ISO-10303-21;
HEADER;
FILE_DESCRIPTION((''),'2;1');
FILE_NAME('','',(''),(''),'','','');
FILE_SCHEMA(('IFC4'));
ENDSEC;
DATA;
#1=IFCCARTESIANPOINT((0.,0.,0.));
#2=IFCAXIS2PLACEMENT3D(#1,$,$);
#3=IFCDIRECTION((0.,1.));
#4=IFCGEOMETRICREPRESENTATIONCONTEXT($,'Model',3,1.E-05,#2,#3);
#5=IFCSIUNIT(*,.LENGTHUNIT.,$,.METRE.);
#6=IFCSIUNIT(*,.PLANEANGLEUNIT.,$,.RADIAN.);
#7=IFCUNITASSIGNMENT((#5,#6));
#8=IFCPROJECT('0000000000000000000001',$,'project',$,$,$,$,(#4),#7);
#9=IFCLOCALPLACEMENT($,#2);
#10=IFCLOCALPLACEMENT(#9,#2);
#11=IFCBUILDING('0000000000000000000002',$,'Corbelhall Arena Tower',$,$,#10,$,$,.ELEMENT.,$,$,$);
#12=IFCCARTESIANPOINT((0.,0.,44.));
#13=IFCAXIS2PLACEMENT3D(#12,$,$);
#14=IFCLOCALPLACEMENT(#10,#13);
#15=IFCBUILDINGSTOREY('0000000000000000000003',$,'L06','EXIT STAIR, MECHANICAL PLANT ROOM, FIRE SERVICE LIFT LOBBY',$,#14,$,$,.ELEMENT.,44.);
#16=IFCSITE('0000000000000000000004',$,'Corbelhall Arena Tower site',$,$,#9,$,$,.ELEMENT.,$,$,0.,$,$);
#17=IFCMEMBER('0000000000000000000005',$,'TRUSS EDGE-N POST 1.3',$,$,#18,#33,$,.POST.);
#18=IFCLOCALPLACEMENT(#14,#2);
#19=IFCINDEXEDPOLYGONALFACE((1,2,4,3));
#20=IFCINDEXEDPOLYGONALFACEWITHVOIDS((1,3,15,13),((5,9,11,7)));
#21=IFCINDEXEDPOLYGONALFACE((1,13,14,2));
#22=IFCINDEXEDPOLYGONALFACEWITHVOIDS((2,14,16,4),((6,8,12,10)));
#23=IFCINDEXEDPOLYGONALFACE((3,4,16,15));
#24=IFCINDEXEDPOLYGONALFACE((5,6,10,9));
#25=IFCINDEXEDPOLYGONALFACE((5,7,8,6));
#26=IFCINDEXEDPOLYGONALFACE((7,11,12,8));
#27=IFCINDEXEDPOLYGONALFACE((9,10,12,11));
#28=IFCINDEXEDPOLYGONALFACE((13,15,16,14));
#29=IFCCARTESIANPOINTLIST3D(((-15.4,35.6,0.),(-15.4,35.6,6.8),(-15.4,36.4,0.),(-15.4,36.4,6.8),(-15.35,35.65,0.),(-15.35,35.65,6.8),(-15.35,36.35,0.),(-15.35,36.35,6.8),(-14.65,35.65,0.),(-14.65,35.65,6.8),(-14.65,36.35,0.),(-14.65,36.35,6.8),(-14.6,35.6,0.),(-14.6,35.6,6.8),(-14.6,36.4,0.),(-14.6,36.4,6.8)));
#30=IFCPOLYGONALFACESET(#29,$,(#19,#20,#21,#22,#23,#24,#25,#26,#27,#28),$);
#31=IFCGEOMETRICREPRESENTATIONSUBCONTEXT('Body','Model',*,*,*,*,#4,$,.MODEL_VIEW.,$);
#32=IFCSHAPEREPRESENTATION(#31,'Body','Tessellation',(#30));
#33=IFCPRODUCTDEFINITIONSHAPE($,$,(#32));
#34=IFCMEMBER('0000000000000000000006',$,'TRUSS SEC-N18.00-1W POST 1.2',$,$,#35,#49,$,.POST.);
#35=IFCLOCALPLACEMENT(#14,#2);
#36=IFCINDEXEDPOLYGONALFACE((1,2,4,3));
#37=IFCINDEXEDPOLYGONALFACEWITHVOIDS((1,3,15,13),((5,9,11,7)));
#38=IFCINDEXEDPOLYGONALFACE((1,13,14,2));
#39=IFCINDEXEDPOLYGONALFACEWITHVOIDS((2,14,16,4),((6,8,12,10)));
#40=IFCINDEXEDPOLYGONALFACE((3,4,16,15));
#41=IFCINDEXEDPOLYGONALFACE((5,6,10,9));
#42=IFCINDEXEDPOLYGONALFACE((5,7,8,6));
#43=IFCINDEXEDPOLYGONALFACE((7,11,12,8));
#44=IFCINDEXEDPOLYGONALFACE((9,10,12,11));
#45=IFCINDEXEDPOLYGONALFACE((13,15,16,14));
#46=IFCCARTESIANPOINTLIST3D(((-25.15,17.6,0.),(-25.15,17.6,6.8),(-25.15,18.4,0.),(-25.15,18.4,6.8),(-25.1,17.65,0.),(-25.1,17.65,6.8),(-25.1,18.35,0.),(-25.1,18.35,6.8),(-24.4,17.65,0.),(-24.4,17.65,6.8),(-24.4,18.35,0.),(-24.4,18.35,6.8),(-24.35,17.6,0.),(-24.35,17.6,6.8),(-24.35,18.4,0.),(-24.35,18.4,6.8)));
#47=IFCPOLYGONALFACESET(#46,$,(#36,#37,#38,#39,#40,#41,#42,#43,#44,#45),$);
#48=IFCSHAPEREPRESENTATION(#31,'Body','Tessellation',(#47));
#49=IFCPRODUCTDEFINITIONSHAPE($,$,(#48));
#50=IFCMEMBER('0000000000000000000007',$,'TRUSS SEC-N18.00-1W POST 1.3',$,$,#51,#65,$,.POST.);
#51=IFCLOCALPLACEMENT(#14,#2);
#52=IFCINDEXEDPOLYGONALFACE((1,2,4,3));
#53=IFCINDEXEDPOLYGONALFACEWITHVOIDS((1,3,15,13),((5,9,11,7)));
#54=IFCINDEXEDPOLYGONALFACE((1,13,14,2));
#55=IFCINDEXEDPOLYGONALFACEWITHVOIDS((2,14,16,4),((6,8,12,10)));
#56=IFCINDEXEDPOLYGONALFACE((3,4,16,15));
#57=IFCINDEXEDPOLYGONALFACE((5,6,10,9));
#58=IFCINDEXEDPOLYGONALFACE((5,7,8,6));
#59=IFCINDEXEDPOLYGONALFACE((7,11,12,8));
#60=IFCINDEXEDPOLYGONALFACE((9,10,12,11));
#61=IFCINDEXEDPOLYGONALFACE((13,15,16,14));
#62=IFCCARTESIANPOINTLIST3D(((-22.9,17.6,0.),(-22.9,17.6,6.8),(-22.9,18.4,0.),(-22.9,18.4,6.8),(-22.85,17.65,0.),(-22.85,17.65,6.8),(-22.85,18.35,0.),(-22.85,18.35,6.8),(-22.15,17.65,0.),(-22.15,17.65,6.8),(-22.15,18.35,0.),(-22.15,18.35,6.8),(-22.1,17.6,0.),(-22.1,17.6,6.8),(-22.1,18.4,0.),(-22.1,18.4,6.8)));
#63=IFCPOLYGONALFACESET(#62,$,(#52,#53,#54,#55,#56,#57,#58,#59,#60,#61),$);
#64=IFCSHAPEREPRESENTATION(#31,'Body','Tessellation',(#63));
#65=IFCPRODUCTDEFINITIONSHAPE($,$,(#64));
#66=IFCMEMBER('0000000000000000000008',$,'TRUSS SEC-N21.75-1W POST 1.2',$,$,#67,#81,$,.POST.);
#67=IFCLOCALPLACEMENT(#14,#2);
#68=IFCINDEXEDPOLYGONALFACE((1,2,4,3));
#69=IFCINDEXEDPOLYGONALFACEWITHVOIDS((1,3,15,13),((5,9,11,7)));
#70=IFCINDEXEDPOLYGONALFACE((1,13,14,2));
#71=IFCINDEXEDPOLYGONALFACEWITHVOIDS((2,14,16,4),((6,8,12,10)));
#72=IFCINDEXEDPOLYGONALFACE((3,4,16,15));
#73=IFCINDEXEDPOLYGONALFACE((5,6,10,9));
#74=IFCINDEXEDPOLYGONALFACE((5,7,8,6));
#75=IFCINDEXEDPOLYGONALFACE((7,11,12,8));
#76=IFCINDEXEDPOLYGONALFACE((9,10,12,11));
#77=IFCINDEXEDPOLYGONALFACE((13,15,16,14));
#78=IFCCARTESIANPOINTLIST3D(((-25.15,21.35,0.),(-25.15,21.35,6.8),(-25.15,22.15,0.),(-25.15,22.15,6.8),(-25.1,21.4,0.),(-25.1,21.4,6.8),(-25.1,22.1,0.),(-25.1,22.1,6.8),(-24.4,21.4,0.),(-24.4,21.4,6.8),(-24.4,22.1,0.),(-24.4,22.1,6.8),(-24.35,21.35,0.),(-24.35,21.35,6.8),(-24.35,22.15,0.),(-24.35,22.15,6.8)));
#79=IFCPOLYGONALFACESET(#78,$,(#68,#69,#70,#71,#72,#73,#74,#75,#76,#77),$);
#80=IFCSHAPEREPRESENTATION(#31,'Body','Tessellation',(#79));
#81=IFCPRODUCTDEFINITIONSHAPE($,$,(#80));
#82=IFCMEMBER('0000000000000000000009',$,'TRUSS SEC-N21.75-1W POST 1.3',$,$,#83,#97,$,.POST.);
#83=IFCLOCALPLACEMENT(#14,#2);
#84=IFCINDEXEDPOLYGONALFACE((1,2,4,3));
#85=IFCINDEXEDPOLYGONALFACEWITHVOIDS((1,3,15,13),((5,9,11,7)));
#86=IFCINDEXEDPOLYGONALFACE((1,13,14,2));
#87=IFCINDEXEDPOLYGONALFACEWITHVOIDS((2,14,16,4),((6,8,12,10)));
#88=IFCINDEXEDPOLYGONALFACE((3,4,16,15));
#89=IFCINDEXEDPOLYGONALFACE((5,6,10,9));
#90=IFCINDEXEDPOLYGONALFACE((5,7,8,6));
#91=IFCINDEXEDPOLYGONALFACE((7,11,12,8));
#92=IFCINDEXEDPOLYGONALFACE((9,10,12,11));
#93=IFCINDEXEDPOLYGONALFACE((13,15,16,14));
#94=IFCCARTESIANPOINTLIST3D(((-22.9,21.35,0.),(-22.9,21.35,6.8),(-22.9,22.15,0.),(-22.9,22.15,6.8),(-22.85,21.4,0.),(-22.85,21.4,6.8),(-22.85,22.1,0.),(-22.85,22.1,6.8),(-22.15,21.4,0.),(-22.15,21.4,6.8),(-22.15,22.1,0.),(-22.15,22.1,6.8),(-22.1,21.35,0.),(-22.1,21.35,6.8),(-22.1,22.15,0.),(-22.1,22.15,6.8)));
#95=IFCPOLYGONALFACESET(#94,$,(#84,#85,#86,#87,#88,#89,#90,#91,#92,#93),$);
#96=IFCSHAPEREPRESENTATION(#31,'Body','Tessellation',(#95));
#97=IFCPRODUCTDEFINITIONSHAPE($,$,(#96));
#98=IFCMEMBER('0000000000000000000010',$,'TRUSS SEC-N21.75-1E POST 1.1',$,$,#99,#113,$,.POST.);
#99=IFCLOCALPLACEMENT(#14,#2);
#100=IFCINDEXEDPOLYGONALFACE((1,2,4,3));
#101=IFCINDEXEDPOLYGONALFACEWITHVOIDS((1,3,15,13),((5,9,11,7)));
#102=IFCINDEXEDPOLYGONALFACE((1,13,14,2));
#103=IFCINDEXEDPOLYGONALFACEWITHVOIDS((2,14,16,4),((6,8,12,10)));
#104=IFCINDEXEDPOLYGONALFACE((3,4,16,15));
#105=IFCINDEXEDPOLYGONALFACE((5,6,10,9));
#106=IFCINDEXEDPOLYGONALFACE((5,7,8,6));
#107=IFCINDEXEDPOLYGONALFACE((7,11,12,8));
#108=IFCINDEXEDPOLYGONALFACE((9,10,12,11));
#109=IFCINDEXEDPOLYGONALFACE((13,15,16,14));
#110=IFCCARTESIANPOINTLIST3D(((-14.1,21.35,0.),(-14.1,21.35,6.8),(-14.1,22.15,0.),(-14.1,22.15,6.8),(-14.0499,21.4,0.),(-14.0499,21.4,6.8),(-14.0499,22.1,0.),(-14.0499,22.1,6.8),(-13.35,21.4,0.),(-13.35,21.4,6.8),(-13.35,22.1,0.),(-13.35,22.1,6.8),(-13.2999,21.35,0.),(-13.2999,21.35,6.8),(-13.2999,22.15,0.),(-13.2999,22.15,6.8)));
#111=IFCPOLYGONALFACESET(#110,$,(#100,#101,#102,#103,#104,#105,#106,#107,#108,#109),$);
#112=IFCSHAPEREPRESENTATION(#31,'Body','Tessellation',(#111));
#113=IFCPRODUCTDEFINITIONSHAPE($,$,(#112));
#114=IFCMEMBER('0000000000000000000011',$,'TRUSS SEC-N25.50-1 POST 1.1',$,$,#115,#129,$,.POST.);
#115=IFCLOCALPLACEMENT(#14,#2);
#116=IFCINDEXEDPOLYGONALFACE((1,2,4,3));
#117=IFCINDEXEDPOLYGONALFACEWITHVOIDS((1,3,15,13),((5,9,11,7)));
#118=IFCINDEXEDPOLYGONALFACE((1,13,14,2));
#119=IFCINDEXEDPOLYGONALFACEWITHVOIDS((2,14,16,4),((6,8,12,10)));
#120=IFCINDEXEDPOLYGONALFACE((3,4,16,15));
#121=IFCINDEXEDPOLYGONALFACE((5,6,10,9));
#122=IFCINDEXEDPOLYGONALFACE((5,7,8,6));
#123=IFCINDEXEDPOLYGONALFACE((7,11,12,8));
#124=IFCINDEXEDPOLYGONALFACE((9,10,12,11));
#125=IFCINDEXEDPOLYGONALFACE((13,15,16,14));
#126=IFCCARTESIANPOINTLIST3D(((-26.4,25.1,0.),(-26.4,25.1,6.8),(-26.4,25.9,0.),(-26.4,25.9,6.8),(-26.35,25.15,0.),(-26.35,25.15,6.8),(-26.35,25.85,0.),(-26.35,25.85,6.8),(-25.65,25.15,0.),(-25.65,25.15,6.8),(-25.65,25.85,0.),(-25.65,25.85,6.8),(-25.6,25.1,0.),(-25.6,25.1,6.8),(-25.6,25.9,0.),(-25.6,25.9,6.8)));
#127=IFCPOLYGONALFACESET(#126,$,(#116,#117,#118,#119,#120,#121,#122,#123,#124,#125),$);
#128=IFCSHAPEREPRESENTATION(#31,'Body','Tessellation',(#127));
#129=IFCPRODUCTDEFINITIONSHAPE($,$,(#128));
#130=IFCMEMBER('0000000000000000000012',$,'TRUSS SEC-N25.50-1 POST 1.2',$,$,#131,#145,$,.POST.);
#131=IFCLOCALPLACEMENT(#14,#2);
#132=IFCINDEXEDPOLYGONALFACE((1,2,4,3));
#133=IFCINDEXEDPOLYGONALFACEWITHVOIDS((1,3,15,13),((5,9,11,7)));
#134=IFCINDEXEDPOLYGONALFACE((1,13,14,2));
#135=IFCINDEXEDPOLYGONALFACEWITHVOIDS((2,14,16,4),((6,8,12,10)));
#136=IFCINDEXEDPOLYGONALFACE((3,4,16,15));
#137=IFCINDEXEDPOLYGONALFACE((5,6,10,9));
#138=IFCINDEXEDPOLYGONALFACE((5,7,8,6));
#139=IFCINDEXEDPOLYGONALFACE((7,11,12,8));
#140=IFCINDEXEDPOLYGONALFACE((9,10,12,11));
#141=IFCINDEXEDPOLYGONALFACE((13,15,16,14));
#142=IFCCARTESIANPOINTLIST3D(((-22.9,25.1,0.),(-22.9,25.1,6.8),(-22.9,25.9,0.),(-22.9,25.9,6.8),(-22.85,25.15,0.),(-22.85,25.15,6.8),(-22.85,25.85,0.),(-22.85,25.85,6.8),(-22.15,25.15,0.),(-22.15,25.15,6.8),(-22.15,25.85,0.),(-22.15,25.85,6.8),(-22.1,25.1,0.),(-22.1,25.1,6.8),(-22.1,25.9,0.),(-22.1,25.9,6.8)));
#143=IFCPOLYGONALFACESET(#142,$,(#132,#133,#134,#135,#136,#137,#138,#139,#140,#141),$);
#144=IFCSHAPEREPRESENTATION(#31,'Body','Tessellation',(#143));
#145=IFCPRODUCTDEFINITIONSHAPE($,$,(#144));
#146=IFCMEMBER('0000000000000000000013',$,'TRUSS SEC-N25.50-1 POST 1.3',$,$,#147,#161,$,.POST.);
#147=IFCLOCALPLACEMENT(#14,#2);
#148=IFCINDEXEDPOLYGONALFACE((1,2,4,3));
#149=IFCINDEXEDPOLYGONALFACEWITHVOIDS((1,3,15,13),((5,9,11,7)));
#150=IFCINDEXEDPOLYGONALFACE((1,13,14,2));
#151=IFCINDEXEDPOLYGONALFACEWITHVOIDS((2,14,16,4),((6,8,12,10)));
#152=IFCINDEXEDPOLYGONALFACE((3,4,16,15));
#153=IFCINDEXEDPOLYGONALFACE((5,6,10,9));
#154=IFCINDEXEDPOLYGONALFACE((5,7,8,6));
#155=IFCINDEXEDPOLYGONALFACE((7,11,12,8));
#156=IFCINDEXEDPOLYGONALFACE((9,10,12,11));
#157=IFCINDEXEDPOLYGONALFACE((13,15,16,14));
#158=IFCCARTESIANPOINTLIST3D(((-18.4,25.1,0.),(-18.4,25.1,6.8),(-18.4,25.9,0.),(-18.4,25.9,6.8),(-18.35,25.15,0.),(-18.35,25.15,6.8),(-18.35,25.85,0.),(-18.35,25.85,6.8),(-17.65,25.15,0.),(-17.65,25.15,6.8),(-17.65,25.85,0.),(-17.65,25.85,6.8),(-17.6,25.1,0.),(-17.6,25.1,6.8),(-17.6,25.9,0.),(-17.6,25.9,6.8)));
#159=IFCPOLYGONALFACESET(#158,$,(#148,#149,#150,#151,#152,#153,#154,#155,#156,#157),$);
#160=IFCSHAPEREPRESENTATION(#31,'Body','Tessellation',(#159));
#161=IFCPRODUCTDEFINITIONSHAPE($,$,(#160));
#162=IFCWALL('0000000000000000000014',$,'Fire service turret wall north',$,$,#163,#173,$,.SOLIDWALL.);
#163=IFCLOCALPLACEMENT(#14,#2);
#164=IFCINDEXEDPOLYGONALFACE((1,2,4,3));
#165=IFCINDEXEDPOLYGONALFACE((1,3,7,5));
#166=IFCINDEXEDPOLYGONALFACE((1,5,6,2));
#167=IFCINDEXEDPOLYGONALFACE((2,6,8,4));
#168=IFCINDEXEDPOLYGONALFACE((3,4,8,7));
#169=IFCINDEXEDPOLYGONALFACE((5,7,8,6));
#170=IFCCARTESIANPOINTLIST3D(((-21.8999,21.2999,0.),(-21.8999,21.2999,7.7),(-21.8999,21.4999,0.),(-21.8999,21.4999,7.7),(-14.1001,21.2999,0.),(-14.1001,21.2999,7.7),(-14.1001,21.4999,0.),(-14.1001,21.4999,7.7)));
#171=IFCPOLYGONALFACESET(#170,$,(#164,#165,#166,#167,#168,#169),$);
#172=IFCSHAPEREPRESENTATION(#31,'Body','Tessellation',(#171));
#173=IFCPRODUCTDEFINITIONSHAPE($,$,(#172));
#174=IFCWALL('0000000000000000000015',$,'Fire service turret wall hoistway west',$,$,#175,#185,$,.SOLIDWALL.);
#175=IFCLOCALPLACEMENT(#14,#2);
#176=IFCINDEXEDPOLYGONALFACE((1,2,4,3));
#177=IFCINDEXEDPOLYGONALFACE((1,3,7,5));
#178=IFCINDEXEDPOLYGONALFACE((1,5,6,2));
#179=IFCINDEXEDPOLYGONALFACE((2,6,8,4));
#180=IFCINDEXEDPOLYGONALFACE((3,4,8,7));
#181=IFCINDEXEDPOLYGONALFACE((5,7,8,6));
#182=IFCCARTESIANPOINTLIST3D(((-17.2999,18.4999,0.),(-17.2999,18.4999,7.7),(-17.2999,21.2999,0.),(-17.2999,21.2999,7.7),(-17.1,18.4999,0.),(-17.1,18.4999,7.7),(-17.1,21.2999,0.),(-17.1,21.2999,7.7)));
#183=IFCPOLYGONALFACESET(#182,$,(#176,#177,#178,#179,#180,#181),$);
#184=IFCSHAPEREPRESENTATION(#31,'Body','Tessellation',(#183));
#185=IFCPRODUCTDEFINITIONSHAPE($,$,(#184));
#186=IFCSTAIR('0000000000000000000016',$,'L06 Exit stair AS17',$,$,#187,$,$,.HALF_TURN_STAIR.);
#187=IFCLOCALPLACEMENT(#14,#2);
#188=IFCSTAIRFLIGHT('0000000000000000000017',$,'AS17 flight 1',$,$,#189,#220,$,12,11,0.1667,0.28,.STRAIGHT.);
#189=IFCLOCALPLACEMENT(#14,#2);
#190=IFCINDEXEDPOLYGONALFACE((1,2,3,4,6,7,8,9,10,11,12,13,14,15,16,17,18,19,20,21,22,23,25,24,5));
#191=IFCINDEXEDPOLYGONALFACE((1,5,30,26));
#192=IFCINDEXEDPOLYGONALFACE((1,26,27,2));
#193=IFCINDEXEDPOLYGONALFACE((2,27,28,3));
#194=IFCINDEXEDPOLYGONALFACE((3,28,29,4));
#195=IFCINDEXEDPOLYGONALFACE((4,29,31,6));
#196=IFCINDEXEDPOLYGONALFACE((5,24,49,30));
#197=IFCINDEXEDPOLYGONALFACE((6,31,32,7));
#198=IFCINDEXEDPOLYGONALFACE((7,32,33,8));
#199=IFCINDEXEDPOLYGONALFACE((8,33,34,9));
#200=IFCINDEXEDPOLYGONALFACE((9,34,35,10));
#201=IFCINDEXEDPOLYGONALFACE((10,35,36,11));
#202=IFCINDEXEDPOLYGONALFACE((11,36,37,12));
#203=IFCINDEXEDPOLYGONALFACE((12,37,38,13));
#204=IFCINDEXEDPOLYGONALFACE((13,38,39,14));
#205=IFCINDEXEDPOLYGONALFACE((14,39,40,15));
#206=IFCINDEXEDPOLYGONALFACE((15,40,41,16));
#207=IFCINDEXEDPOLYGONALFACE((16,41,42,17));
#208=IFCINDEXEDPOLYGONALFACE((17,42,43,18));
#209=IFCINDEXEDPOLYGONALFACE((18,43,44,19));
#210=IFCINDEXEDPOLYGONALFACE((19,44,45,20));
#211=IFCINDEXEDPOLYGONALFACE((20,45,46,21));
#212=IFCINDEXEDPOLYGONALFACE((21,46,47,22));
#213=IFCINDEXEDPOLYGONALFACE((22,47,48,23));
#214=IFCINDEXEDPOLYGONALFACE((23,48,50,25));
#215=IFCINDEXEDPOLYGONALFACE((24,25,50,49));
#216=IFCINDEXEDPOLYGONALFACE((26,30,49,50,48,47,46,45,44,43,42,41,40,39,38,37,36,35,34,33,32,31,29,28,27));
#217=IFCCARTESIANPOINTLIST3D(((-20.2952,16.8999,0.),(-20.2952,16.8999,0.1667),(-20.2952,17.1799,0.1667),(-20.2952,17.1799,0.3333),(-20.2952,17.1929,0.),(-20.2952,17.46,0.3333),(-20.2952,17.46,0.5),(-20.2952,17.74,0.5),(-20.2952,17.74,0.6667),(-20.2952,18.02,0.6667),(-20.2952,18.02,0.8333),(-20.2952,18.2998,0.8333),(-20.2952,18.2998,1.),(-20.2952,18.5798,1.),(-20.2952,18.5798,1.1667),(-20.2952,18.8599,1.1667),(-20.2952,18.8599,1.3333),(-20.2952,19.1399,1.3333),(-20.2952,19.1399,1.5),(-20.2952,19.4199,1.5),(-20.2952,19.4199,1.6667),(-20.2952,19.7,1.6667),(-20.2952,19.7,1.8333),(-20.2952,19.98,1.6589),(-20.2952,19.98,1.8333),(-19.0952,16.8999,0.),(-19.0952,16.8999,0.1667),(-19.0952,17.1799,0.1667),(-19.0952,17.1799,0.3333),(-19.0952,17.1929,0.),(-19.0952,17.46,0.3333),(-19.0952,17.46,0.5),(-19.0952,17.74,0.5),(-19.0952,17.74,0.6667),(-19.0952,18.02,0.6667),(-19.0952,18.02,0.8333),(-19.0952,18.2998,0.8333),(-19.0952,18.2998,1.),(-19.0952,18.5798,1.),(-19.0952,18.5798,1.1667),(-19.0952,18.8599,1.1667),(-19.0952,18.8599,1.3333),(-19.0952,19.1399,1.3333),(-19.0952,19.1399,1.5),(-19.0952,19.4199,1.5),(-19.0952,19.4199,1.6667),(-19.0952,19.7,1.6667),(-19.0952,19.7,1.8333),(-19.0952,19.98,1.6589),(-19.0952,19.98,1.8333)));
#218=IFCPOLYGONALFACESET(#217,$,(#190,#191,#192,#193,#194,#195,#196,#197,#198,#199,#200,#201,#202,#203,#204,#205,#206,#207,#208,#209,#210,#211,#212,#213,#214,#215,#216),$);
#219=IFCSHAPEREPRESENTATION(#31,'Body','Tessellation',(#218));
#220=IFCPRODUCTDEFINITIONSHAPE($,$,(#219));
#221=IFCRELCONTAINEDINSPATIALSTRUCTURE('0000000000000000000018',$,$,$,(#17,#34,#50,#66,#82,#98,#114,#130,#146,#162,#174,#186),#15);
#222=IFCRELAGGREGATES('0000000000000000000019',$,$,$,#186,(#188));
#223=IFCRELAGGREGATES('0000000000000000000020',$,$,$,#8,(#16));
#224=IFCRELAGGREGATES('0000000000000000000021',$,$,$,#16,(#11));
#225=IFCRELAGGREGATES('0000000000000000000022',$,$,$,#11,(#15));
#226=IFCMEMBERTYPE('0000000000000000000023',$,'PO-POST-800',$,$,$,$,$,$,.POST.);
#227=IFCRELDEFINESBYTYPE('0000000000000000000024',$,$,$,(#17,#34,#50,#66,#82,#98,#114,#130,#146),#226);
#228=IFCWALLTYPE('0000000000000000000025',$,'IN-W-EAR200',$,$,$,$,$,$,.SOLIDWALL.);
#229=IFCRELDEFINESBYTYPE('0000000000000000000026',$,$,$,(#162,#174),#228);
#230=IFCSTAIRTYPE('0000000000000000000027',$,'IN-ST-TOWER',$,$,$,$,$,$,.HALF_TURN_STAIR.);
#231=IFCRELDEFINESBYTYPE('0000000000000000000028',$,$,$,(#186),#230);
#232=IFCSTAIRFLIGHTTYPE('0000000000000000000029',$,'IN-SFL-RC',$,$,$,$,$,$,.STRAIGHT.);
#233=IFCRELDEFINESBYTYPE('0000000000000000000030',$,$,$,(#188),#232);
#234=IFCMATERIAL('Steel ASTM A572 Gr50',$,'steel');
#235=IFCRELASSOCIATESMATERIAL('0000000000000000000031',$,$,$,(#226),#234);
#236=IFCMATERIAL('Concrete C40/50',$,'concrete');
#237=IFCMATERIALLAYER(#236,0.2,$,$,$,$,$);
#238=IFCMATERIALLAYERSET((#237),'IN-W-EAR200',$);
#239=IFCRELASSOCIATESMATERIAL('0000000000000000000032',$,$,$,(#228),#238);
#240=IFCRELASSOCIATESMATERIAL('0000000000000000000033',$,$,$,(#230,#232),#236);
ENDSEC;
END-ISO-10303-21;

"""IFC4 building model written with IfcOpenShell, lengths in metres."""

from ifc_helpers import new_model, si_unit, direction, frame, frame_2d, origin, origin_2d, place, context, subcontext, project, spatial, polyline, rectangle, hollow_rectangle, outline, extrude, material, layer, layer_set, material_profile, profile_set, type_object, element, aggregate, save


model = new_model("IFC4")

# Units and contexts
model_context = context("Model", 3, precision=1e-05, world=origin(), true_north=direction((0.0, 1.0)))
body_context = subcontext(model_context, "Body", "Model", "MODEL_VIEW")
ifc_project = project(units=[si_unit("LENGTHUNIT", "METRE"), si_unit("PLANEANGLEUNIT", "RADIAN")], contexts=[model_context])

# Site, building, storey
site_placement = place(None, origin())
site = spatial("IfcSite", under=ifc_project, at=site_placement, Name="Corbelhall Arena Tower site", CompositionType="ELEMENT", RefElevation=0.0)
building_placement = place(site_placement, origin())
building = spatial("IfcBuilding", under=site, at=building_placement, Name="Corbelhall Arena Tower", CompositionType="ELEMENT")
storey_placement = place(building_placement, frame((0.0, 0.0, 44.0)))
storey = spatial("IfcBuildingStorey", under=building, at=storey_placement, Name="L06", Description="EXIT STAIR, MECHANICAL PLANT ROOM, FIRE SERVICE LIFT LOBBY", CompositionType="ELEMENT", Elevation=44.0)

# Members
ifc_material_1 = material(Name="Steel ASTM A572 Gr50", Category="steel")
ifc_material_profile_1 = material_profile(ifc_material_1, hollow_rectangle(XDim=0.8, YDim=0.8, WallThickness=0.05, at=origin_2d()))
ifc_profile_set_1 = profile_set([ifc_material_profile_1], Name="Steel ASTM A572 Gr50")
member_type_1 = type_object("IfcMemberType", Name="PO-POST-800", PredefinedType="POST", material=ifc_profile_set_1)
for number, where, z_axis, x_axis, name in (
    (1, (-15.0, 36.0, 0.0), (0.0, 0.0, 1.0), (1.0, 0.0, 0.0), "TRUSS EDGE-N POST 1.3"),
    (2, (-24.75, 18.0, 0.0), (0.0, 0.0, 1.0), (1.0, 0.0, 0.0), "TRUSS SEC-N18.00-1W POST 1.2"),
    (3, (-22.5, 18.0, 0.0), (0.0, 0.0, 1.0), (1.0, 0.0, 0.0), "TRUSS SEC-N18.00-1W POST 1.3"),
    (4, (-24.75, 21.75, 0.0), (0.0, 0.0, 1.0), (1.0, 0.0, 0.0), "TRUSS SEC-N21.75-1W POST 1.2"),
    (5, (-22.5, 21.75, 0.0), (0.0, 0.0, 1.0), (1.0, 0.0, 0.0), "TRUSS SEC-N21.75-1W POST 1.3"),
    (6, (-13.7, 21.75, 0.0), (0.0, 0.0, 1.0), (1.0, 0.0, 0.0), "TRUSS SEC-N21.75-1E POST 1.1"),
    (7, (-26.0, 25.5, 0.0), (0.0, 0.0, 1.0), (1.0, 0.0, 0.0), "TRUSS SEC-N25.50-1 POST 1.1"),
    (8, (-22.5, 25.5, 0.0), (0.0, 0.0, 1.0), (1.0, 0.0, 0.0), "TRUSS SEC-N25.50-1 POST 1.2"),
    (9, (-18.0, 25.5, 0.0), (0.0, 0.0, 1.0), (1.0, 0.0, 0.0), "TRUSS SEC-N25.50-1 POST 1.3"),
):
    element("IfcMember", number, at=place(storey_placement, frame(where, z_axis=z_axis, x_axis=x_axis)), inside=storey, type_object=member_type_1, Name=name, PredefinedType="POST", context=body_context, shape_type="SweptSolid", body=[
        extrude(hollow_rectangle(XDim=0.8, YDim=0.8, WallThickness=0.05, at=origin_2d()), origin(), (0.0, 0.0, 1.0), 6.8),
    ])

# Walls
ifc_material_2 = material(Name="Concrete C40/50", Category="concrete")
ifc_layer = layer(ifc_material_2, 0.2)
ifc_layer_set = layer_set([ifc_layer], Name="IN-W-EAR200")
wall_type = type_object("IfcWallType", Name="IN-W-EAR200", PredefinedType="SOLIDWALL", material=ifc_layer_set)
wall_1_placement = place(storey_placement, frame((-21.8999, 21.3999, 0.0), z_axis=(0.0, 0.0, 1.0), x_axis=(1.0, 0.0, 0.0)))
element("IfcWall", 10, at=wall_1_placement, inside=storey, type_object=wall_type, Name="Fire service turret wall north", PredefinedType="SOLIDWALL", context=body_context, shape_type="SweptSolid", body=[
    extrude(rectangle(XDim=7.7998, YDim=0.2, at=frame_2d((3.8999, 0.0))), origin(), (0.0, 0.0, 1.0), 7.7),
])
wall_2_placement = place(storey_placement, frame((-17.2, 18.5, 0.0), z_axis=(0.0, 0.0, 1.0), x_axis=(0.0, 1.0, 0.0)))
element("IfcWall", 11, at=wall_2_placement, inside=storey, type_object=wall_type, Name="Fire service turret wall hoistway west", PredefinedType="SOLIDWALL", context=body_context, shape_type="SweptSolid", body=[
    extrude(rectangle(XDim=2.8, YDim=0.2, at=frame_2d((1.3999, 0.0))), origin(), (0.0, 0.0, 1.0), 7.7),
])

# Stair, stair flight
stair_type = type_object("IfcStairType", Name="IN-ST-TOWER", PredefinedType="HALF_TURN_STAIR", material=ifc_material_2)
stair_placement = place(storey_placement, origin())
stair = element("IfcStair", 12, at=stair_placement, inside=storey, type_object=stair_type, Name="L06 Exit stair AS17", PredefinedType="HALF_TURN_STAIR")
stair_flight_type = type_object("IfcStairFlightType", Name="IN-SFL-RC", PredefinedType="STRAIGHT", material=ifc_material_2)
stair_flight_1_placement = place(storey_placement, frame((-19.6951, 16.8999, 0.0), z_axis=(0.0, 0.0, 1.0), x_axis=(0.0, 1.0, 0.0)))
stair_flight_1 = element("IfcStairFlight", 13, at=stair_flight_1_placement, type_object=stair_flight_type, Name="AS17 flight 1", NumberOfRisers=12, NumberOfTreads=11, PredefinedType="STRAIGHT", RiserHeight=0.1667, TreadLength=0.28, context=body_context, shape_type="SweptSolid", body=[
    extrude(outline(polyline([(0.0, 0.0), (0.0, 0.1667), (0.28, 0.1667), (0.28, 0.3333), (0.5601, 0.3333), (0.5601, 0.5), (0.8401, 0.5), (0.8401, 0.6667), (1.1201, 0.6667), (1.1201, 0.8333), (1.3999, 0.8333), (1.3999, 1.0), (1.6799, 1.0), (1.6799, 1.1667), (1.96, 1.1667), (1.96, 1.3333), (2.24, 1.3333), (2.24, 1.5), (2.52, 1.5), (2.52, 1.6667), (2.8, 1.6667), (2.8, 1.8333), (3.0801, 1.8333), (3.0801, 2.0), (3.0801, 1.6589), (0.293, 0.0), (0.0, 0.0)])), frame((0.0, 0.6001, 0.0), z_axis=(0.0, -1.0, 0.0), x_axis=(1.0, 0.0, 0.0)), (0.0, 0.0, 1.0), 1.2),
])
aggregate(stair, [stair_flight_1])

save(model, "model.ifc")
